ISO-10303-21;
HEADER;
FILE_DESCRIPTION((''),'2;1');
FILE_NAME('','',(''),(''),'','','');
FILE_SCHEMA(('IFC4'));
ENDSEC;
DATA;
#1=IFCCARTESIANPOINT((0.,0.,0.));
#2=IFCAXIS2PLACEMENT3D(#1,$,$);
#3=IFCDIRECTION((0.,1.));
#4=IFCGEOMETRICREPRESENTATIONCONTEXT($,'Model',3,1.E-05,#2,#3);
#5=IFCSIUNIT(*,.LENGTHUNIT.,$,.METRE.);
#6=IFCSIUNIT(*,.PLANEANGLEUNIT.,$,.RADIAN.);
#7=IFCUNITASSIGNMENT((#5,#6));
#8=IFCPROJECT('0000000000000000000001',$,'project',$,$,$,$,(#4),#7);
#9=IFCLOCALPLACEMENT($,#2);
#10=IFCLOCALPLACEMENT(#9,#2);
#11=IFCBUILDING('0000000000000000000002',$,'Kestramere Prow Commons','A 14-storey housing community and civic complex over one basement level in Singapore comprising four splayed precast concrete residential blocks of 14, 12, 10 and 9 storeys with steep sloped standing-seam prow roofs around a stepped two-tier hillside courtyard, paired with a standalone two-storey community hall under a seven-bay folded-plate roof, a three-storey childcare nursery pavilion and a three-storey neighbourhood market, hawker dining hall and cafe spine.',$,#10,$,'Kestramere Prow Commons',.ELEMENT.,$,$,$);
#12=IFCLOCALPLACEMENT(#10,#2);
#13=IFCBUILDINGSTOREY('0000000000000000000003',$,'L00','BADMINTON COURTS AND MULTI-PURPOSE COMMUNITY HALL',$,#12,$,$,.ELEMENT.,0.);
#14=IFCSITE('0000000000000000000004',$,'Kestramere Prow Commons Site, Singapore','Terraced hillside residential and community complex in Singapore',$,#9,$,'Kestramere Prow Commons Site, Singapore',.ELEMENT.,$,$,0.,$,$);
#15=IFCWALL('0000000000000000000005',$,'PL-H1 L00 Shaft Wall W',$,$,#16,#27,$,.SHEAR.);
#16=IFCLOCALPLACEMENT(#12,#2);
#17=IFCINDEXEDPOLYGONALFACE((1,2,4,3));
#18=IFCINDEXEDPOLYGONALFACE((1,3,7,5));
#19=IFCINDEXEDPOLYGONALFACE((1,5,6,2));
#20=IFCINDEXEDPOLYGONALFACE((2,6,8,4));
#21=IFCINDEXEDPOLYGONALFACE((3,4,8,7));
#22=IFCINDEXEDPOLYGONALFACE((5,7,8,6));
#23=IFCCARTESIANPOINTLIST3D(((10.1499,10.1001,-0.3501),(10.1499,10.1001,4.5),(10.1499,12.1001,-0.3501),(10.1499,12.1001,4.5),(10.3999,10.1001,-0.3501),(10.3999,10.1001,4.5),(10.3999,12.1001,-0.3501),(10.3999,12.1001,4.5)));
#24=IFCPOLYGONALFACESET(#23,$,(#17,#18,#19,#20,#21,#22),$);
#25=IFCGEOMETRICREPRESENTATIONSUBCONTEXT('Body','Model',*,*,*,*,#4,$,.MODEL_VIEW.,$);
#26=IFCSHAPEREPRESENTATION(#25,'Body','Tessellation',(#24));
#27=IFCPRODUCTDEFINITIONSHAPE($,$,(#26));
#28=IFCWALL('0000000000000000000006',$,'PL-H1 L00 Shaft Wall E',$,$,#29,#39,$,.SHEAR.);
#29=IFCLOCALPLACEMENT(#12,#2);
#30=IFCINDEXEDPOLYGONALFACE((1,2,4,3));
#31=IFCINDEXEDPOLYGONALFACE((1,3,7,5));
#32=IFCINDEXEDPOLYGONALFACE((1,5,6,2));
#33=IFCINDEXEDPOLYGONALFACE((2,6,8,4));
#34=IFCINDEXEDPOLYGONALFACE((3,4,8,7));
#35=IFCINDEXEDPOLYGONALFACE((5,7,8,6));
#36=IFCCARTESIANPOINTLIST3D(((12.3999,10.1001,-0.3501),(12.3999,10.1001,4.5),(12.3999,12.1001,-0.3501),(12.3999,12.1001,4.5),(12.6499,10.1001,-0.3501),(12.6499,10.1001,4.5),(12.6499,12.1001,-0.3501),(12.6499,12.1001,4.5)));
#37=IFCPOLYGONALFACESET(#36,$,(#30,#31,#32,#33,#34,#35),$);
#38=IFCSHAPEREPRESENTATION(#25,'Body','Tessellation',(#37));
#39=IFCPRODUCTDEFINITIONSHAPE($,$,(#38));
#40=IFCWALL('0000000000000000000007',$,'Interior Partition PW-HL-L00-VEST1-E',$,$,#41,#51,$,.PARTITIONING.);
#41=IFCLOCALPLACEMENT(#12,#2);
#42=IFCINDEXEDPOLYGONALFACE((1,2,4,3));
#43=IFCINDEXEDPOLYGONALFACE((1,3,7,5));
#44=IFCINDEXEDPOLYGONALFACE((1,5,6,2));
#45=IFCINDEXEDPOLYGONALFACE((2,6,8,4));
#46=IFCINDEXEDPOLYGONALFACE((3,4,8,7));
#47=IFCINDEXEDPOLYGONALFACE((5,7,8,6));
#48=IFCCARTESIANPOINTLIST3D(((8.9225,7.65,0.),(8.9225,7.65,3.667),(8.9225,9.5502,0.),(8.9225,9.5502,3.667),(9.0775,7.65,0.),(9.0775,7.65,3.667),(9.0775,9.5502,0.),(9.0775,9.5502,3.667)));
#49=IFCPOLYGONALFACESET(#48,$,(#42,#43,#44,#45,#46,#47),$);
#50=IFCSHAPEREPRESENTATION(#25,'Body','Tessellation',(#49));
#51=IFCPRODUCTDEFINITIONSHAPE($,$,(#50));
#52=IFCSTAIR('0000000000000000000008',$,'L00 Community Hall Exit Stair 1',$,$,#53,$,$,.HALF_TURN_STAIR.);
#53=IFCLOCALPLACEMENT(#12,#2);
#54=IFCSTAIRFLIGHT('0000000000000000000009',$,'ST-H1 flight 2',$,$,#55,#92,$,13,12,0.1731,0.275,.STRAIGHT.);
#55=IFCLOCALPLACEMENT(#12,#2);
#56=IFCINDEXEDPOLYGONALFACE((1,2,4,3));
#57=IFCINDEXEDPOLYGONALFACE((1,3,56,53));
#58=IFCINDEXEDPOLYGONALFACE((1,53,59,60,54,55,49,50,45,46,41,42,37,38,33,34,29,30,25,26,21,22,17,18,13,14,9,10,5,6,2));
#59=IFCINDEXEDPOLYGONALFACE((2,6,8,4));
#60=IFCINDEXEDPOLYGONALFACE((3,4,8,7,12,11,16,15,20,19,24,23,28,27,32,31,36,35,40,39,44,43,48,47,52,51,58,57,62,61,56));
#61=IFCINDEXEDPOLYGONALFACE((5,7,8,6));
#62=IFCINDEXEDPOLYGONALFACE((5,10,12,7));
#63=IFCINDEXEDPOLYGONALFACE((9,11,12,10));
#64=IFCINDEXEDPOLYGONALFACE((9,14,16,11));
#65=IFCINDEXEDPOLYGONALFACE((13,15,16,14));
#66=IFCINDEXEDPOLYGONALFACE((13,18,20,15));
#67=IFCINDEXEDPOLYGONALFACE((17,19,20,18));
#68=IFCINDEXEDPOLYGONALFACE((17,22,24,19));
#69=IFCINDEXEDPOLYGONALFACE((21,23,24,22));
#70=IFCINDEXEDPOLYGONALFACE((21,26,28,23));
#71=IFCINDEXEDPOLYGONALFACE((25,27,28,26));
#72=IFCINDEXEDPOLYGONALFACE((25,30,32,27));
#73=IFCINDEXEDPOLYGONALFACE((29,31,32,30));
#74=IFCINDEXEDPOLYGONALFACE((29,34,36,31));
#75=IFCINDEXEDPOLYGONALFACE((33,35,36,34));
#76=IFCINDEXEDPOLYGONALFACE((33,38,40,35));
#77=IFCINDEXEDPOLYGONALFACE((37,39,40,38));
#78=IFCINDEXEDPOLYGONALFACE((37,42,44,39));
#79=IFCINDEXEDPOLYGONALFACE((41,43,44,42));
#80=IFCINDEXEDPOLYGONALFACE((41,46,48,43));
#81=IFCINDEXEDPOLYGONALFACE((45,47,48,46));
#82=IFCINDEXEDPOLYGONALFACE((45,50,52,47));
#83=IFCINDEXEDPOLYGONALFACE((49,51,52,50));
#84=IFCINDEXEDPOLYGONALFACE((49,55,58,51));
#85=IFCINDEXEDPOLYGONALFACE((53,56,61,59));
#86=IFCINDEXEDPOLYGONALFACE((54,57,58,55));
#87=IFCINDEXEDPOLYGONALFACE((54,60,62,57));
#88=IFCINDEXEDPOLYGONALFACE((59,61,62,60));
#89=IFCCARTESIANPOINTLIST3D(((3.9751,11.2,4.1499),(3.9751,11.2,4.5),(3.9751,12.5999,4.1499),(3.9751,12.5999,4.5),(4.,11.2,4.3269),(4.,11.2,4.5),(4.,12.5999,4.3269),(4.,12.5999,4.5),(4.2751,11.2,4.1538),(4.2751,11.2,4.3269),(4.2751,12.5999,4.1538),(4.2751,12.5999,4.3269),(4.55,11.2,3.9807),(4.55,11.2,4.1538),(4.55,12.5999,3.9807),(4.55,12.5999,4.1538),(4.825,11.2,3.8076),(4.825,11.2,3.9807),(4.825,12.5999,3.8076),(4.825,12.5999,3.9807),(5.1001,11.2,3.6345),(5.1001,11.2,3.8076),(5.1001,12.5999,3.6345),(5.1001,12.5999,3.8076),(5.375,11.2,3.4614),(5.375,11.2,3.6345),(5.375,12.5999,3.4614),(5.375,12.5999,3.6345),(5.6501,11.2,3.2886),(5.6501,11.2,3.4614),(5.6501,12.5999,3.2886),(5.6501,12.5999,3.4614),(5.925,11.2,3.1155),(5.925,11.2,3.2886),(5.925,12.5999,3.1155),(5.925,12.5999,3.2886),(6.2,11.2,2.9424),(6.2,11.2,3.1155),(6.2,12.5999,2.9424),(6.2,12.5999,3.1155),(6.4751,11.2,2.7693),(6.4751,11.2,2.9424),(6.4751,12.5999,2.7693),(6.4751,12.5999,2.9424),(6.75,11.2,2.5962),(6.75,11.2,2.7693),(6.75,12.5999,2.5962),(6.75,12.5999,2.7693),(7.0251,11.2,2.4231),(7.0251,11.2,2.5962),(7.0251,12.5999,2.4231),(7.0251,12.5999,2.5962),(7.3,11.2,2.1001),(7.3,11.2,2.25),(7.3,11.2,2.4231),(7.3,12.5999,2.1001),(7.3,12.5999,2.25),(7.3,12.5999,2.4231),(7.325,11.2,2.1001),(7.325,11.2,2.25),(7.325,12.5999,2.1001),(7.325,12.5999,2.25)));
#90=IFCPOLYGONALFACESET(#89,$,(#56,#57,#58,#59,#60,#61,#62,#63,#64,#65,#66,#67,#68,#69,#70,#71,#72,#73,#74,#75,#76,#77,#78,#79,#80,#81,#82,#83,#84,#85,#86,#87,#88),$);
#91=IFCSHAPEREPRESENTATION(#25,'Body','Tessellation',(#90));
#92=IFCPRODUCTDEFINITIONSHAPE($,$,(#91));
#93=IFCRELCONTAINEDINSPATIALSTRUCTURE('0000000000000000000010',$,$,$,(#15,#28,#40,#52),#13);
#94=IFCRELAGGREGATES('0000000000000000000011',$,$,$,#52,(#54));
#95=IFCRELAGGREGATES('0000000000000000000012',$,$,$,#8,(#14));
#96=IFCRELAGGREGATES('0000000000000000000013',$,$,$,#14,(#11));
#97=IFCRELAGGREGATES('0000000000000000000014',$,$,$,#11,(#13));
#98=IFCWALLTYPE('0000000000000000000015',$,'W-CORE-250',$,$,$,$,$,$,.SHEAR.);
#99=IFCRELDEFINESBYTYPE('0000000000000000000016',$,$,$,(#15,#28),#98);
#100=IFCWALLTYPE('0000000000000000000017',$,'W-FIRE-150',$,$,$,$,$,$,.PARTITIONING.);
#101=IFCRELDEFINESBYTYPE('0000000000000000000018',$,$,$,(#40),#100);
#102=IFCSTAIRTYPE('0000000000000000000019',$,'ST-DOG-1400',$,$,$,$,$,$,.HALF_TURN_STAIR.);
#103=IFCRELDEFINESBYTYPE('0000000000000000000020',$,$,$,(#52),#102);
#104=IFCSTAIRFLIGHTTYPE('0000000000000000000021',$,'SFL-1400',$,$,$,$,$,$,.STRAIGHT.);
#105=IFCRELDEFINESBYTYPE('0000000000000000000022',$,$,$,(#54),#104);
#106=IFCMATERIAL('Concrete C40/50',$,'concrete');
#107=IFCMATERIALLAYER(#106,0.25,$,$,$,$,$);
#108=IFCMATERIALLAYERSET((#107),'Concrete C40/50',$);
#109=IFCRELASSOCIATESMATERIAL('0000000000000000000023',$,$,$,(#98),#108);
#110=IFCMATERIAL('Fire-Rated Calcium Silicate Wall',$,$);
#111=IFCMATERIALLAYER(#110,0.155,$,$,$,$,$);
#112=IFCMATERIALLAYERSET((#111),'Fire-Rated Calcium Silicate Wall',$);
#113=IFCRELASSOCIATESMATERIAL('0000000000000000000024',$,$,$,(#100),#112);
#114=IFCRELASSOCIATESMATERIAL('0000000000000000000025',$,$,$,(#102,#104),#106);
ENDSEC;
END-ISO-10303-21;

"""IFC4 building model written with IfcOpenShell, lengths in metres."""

from ifc_helpers import new_model, si_unit, direction, frame, frame_2d, origin, place, context, subcontext, project, spatial, polyline, rectangle, outline, extrude, material, layer, layer_set, type_object, element, aggregate, save


model = new_model("IFC4")

# Units and contexts
model_context = context("Model", 3, precision=1e-05, world=origin(), true_north=direction((0.0, 1.0)))
body_context = subcontext(model_context, "Body", "Model", "MODEL_VIEW")
ifc_project = project(units=[si_unit("LENGTHUNIT", "METRE"), si_unit("PLANEANGLEUNIT", "RADIAN")], contexts=[model_context])

# Site, building, storey
site_placement = place(None, origin())
site = spatial("IfcSite", under=ifc_project, at=site_placement, Name="Kestramere Prow Commons Site, Singapore", Description="Terraced hillside residential and community complex in Singapore", LongName="Kestramere Prow Commons Site, Singapore", CompositionType="ELEMENT", RefElevation=0.0)
building_placement = place(site_placement, origin())
building = spatial("IfcBuilding", under=site, at=building_placement, Name="Kestramere Prow Commons", Description="A 14-storey housing community and civic complex over one basement level in Singapore comprising four splayed precast concrete residential blocks of 14, 12, 10 and 9 storeys with steep sloped standing-seam prow roofs around a stepped two-tier hillside courtyard, paired with a standalone two-storey community hall under a seven-bay folded-plate roof, a three-storey childcare nursery pavilion and a three-storey neighbourhood market, hawker dining hall and cafe spine.", LongName="Kestramere Prow Commons", CompositionType="ELEMENT")
storey_placement = place(building_placement, origin())
storey = spatial("IfcBuildingStorey", under=building, at=storey_placement, Name="L00", Description="BADMINTON COURTS AND MULTI-PURPOSE COMMUNITY HALL", CompositionType="ELEMENT", Elevation=0.0)

# Shared definitions
ifc_material_1 = material(Name="Concrete C40/50", Category="concrete")

# Shared definitions
ifc_layer_1 = layer(ifc_material_1, 0.25)
ifc_layer_set_1 = layer_set([ifc_layer_1], Name="Concrete C40/50")
wall_type_1 = type_object("IfcWallType", Name="W-CORE-250", PredefinedType="SHEAR", material=ifc_layer_set_1)

# Walls
for number, where, z_axis, x_axis, name in (
    (1, (10.2749, 10.1001, -0.3501), (0.0, 0.0, 1.0), (0.0, 1.0, 0.0), "PL-H1 L00 Shaft Wall W"),
    (2, (12.5249, 10.1001, -0.3501), (0.0, 0.0, 1.0), (0.0, 1.0, 0.0), "PL-H1 L00 Shaft Wall E"),
):
    element("IfcWall", number, at=place(storey_placement, frame(where, z_axis=z_axis, x_axis=x_axis)), inside=storey, type_object=wall_type_1, Name=name, PredefinedType="SHEAR", context=body_context, shape_type="SweptSolid", body=[
        extrude(rectangle(XDim=2.0, YDim=0.25, at=frame_2d((1.0, 0.0))), origin(), (0.0, 0.0, 1.0), 4.8501),
    ])
ifc_material_2 = material(Name="Fire-Rated Calcium Silicate Wall")
ifc_layer_2 = layer(ifc_material_2, 0.155)
ifc_layer_set_2 = layer_set([ifc_layer_2], Name="Fire-Rated Calcium Silicate Wall")
wall_type_2 = type_object("IfcWallType", Name="W-FIRE-150", PredefinedType="PARTITIONING", material=ifc_layer_set_2)
wall_1_placement = place(storey_placement, frame((9.0, 7.6499, 0.0), z_axis=(0.0, 0.0, 1.0), x_axis=(0.0, 1.0, 0.0)))
element("IfcWall", 3, at=wall_1_placement, inside=storey, type_object=wall_type_2, Name="Interior Partition PW-HL-L00-VEST1-E", PredefinedType="PARTITIONING", context=body_context, shape_type="SweptSolid", body=[
    extrude(rectangle(XDim=1.9001, YDim=0.155, at=frame_2d((0.9502, 0.0))), origin(), (0.0, 0.0, 1.0), 3.667),
])

# Stair, stair flight
stair_type = type_object("IfcStairType", Name="ST-DOG-1400", PredefinedType="HALF_TURN_STAIR", material=ifc_material_1)
stair_placement = place(storey_placement, origin())
stair = element("IfcStair", 4, at=stair_placement, inside=storey, type_object=stair_type, Name="L00 Community Hall Exit Stair 1", PredefinedType="HALF_TURN_STAIR")
stair_flight_type = type_object("IfcStairFlightType", Name="SFL-1400", PredefinedType="STRAIGHT", material=ifc_material_1)
stair_flight_placement = place(storey_placement, frame((7.3, 11.8999, 2.25), z_axis=(0.0, 0.0, 1.0), x_axis=(-1.0, 0.0, 0.0)))
stair_flight = element("IfcStairFlight", 5, at=stair_flight_placement, type_object=stair_flight_type, Name="ST-H1 flight 2", NumberOfRisers=13, NumberOfTreads=12, PredefinedType="STRAIGHT", RiserHeight=0.1731, TreadLength=0.275, context=body_context, shape_type="SweptSolid", body=[
    extrude(outline(polyline([(-0.0249, 0.0), (0.0, 0.0), (0.0, 0.1731), (0.2749, 0.1731), (0.2749, 0.3462), (0.55, 0.3462), (0.55, 0.5193), (0.825, 0.5193), (0.825, 0.6924), (1.1001, 0.6924), (1.1001, 0.8655), (1.375, 0.8655), (1.375, 1.0386), (1.6499, 1.0386), (1.6499, 1.2114), (1.925, 1.2114), (1.925, 1.3845), (2.2, 1.3845), (2.2, 1.5576), (2.4751, 1.5576), (2.4751, 1.7307), (2.75, 1.7307), (2.75, 1.9038), (3.0249, 1.9038), (3.0249, 2.0769), (3.3, 2.0769), (3.3, 2.25), (3.325, 2.25), (3.325, 1.8999), (0.0, -0.1499), (-0.0249, -0.1499), (-0.0249, 0.0)])), frame((0.0, 0.7, 0.0), z_axis=(0.0, -1.0, 0.0), x_axis=(1.0, 0.0, 0.0)), (0.0, 0.0, 1.0), 1.3999),
])
aggregate(stair, [stair_flight])

save(model, "model.ifc")
